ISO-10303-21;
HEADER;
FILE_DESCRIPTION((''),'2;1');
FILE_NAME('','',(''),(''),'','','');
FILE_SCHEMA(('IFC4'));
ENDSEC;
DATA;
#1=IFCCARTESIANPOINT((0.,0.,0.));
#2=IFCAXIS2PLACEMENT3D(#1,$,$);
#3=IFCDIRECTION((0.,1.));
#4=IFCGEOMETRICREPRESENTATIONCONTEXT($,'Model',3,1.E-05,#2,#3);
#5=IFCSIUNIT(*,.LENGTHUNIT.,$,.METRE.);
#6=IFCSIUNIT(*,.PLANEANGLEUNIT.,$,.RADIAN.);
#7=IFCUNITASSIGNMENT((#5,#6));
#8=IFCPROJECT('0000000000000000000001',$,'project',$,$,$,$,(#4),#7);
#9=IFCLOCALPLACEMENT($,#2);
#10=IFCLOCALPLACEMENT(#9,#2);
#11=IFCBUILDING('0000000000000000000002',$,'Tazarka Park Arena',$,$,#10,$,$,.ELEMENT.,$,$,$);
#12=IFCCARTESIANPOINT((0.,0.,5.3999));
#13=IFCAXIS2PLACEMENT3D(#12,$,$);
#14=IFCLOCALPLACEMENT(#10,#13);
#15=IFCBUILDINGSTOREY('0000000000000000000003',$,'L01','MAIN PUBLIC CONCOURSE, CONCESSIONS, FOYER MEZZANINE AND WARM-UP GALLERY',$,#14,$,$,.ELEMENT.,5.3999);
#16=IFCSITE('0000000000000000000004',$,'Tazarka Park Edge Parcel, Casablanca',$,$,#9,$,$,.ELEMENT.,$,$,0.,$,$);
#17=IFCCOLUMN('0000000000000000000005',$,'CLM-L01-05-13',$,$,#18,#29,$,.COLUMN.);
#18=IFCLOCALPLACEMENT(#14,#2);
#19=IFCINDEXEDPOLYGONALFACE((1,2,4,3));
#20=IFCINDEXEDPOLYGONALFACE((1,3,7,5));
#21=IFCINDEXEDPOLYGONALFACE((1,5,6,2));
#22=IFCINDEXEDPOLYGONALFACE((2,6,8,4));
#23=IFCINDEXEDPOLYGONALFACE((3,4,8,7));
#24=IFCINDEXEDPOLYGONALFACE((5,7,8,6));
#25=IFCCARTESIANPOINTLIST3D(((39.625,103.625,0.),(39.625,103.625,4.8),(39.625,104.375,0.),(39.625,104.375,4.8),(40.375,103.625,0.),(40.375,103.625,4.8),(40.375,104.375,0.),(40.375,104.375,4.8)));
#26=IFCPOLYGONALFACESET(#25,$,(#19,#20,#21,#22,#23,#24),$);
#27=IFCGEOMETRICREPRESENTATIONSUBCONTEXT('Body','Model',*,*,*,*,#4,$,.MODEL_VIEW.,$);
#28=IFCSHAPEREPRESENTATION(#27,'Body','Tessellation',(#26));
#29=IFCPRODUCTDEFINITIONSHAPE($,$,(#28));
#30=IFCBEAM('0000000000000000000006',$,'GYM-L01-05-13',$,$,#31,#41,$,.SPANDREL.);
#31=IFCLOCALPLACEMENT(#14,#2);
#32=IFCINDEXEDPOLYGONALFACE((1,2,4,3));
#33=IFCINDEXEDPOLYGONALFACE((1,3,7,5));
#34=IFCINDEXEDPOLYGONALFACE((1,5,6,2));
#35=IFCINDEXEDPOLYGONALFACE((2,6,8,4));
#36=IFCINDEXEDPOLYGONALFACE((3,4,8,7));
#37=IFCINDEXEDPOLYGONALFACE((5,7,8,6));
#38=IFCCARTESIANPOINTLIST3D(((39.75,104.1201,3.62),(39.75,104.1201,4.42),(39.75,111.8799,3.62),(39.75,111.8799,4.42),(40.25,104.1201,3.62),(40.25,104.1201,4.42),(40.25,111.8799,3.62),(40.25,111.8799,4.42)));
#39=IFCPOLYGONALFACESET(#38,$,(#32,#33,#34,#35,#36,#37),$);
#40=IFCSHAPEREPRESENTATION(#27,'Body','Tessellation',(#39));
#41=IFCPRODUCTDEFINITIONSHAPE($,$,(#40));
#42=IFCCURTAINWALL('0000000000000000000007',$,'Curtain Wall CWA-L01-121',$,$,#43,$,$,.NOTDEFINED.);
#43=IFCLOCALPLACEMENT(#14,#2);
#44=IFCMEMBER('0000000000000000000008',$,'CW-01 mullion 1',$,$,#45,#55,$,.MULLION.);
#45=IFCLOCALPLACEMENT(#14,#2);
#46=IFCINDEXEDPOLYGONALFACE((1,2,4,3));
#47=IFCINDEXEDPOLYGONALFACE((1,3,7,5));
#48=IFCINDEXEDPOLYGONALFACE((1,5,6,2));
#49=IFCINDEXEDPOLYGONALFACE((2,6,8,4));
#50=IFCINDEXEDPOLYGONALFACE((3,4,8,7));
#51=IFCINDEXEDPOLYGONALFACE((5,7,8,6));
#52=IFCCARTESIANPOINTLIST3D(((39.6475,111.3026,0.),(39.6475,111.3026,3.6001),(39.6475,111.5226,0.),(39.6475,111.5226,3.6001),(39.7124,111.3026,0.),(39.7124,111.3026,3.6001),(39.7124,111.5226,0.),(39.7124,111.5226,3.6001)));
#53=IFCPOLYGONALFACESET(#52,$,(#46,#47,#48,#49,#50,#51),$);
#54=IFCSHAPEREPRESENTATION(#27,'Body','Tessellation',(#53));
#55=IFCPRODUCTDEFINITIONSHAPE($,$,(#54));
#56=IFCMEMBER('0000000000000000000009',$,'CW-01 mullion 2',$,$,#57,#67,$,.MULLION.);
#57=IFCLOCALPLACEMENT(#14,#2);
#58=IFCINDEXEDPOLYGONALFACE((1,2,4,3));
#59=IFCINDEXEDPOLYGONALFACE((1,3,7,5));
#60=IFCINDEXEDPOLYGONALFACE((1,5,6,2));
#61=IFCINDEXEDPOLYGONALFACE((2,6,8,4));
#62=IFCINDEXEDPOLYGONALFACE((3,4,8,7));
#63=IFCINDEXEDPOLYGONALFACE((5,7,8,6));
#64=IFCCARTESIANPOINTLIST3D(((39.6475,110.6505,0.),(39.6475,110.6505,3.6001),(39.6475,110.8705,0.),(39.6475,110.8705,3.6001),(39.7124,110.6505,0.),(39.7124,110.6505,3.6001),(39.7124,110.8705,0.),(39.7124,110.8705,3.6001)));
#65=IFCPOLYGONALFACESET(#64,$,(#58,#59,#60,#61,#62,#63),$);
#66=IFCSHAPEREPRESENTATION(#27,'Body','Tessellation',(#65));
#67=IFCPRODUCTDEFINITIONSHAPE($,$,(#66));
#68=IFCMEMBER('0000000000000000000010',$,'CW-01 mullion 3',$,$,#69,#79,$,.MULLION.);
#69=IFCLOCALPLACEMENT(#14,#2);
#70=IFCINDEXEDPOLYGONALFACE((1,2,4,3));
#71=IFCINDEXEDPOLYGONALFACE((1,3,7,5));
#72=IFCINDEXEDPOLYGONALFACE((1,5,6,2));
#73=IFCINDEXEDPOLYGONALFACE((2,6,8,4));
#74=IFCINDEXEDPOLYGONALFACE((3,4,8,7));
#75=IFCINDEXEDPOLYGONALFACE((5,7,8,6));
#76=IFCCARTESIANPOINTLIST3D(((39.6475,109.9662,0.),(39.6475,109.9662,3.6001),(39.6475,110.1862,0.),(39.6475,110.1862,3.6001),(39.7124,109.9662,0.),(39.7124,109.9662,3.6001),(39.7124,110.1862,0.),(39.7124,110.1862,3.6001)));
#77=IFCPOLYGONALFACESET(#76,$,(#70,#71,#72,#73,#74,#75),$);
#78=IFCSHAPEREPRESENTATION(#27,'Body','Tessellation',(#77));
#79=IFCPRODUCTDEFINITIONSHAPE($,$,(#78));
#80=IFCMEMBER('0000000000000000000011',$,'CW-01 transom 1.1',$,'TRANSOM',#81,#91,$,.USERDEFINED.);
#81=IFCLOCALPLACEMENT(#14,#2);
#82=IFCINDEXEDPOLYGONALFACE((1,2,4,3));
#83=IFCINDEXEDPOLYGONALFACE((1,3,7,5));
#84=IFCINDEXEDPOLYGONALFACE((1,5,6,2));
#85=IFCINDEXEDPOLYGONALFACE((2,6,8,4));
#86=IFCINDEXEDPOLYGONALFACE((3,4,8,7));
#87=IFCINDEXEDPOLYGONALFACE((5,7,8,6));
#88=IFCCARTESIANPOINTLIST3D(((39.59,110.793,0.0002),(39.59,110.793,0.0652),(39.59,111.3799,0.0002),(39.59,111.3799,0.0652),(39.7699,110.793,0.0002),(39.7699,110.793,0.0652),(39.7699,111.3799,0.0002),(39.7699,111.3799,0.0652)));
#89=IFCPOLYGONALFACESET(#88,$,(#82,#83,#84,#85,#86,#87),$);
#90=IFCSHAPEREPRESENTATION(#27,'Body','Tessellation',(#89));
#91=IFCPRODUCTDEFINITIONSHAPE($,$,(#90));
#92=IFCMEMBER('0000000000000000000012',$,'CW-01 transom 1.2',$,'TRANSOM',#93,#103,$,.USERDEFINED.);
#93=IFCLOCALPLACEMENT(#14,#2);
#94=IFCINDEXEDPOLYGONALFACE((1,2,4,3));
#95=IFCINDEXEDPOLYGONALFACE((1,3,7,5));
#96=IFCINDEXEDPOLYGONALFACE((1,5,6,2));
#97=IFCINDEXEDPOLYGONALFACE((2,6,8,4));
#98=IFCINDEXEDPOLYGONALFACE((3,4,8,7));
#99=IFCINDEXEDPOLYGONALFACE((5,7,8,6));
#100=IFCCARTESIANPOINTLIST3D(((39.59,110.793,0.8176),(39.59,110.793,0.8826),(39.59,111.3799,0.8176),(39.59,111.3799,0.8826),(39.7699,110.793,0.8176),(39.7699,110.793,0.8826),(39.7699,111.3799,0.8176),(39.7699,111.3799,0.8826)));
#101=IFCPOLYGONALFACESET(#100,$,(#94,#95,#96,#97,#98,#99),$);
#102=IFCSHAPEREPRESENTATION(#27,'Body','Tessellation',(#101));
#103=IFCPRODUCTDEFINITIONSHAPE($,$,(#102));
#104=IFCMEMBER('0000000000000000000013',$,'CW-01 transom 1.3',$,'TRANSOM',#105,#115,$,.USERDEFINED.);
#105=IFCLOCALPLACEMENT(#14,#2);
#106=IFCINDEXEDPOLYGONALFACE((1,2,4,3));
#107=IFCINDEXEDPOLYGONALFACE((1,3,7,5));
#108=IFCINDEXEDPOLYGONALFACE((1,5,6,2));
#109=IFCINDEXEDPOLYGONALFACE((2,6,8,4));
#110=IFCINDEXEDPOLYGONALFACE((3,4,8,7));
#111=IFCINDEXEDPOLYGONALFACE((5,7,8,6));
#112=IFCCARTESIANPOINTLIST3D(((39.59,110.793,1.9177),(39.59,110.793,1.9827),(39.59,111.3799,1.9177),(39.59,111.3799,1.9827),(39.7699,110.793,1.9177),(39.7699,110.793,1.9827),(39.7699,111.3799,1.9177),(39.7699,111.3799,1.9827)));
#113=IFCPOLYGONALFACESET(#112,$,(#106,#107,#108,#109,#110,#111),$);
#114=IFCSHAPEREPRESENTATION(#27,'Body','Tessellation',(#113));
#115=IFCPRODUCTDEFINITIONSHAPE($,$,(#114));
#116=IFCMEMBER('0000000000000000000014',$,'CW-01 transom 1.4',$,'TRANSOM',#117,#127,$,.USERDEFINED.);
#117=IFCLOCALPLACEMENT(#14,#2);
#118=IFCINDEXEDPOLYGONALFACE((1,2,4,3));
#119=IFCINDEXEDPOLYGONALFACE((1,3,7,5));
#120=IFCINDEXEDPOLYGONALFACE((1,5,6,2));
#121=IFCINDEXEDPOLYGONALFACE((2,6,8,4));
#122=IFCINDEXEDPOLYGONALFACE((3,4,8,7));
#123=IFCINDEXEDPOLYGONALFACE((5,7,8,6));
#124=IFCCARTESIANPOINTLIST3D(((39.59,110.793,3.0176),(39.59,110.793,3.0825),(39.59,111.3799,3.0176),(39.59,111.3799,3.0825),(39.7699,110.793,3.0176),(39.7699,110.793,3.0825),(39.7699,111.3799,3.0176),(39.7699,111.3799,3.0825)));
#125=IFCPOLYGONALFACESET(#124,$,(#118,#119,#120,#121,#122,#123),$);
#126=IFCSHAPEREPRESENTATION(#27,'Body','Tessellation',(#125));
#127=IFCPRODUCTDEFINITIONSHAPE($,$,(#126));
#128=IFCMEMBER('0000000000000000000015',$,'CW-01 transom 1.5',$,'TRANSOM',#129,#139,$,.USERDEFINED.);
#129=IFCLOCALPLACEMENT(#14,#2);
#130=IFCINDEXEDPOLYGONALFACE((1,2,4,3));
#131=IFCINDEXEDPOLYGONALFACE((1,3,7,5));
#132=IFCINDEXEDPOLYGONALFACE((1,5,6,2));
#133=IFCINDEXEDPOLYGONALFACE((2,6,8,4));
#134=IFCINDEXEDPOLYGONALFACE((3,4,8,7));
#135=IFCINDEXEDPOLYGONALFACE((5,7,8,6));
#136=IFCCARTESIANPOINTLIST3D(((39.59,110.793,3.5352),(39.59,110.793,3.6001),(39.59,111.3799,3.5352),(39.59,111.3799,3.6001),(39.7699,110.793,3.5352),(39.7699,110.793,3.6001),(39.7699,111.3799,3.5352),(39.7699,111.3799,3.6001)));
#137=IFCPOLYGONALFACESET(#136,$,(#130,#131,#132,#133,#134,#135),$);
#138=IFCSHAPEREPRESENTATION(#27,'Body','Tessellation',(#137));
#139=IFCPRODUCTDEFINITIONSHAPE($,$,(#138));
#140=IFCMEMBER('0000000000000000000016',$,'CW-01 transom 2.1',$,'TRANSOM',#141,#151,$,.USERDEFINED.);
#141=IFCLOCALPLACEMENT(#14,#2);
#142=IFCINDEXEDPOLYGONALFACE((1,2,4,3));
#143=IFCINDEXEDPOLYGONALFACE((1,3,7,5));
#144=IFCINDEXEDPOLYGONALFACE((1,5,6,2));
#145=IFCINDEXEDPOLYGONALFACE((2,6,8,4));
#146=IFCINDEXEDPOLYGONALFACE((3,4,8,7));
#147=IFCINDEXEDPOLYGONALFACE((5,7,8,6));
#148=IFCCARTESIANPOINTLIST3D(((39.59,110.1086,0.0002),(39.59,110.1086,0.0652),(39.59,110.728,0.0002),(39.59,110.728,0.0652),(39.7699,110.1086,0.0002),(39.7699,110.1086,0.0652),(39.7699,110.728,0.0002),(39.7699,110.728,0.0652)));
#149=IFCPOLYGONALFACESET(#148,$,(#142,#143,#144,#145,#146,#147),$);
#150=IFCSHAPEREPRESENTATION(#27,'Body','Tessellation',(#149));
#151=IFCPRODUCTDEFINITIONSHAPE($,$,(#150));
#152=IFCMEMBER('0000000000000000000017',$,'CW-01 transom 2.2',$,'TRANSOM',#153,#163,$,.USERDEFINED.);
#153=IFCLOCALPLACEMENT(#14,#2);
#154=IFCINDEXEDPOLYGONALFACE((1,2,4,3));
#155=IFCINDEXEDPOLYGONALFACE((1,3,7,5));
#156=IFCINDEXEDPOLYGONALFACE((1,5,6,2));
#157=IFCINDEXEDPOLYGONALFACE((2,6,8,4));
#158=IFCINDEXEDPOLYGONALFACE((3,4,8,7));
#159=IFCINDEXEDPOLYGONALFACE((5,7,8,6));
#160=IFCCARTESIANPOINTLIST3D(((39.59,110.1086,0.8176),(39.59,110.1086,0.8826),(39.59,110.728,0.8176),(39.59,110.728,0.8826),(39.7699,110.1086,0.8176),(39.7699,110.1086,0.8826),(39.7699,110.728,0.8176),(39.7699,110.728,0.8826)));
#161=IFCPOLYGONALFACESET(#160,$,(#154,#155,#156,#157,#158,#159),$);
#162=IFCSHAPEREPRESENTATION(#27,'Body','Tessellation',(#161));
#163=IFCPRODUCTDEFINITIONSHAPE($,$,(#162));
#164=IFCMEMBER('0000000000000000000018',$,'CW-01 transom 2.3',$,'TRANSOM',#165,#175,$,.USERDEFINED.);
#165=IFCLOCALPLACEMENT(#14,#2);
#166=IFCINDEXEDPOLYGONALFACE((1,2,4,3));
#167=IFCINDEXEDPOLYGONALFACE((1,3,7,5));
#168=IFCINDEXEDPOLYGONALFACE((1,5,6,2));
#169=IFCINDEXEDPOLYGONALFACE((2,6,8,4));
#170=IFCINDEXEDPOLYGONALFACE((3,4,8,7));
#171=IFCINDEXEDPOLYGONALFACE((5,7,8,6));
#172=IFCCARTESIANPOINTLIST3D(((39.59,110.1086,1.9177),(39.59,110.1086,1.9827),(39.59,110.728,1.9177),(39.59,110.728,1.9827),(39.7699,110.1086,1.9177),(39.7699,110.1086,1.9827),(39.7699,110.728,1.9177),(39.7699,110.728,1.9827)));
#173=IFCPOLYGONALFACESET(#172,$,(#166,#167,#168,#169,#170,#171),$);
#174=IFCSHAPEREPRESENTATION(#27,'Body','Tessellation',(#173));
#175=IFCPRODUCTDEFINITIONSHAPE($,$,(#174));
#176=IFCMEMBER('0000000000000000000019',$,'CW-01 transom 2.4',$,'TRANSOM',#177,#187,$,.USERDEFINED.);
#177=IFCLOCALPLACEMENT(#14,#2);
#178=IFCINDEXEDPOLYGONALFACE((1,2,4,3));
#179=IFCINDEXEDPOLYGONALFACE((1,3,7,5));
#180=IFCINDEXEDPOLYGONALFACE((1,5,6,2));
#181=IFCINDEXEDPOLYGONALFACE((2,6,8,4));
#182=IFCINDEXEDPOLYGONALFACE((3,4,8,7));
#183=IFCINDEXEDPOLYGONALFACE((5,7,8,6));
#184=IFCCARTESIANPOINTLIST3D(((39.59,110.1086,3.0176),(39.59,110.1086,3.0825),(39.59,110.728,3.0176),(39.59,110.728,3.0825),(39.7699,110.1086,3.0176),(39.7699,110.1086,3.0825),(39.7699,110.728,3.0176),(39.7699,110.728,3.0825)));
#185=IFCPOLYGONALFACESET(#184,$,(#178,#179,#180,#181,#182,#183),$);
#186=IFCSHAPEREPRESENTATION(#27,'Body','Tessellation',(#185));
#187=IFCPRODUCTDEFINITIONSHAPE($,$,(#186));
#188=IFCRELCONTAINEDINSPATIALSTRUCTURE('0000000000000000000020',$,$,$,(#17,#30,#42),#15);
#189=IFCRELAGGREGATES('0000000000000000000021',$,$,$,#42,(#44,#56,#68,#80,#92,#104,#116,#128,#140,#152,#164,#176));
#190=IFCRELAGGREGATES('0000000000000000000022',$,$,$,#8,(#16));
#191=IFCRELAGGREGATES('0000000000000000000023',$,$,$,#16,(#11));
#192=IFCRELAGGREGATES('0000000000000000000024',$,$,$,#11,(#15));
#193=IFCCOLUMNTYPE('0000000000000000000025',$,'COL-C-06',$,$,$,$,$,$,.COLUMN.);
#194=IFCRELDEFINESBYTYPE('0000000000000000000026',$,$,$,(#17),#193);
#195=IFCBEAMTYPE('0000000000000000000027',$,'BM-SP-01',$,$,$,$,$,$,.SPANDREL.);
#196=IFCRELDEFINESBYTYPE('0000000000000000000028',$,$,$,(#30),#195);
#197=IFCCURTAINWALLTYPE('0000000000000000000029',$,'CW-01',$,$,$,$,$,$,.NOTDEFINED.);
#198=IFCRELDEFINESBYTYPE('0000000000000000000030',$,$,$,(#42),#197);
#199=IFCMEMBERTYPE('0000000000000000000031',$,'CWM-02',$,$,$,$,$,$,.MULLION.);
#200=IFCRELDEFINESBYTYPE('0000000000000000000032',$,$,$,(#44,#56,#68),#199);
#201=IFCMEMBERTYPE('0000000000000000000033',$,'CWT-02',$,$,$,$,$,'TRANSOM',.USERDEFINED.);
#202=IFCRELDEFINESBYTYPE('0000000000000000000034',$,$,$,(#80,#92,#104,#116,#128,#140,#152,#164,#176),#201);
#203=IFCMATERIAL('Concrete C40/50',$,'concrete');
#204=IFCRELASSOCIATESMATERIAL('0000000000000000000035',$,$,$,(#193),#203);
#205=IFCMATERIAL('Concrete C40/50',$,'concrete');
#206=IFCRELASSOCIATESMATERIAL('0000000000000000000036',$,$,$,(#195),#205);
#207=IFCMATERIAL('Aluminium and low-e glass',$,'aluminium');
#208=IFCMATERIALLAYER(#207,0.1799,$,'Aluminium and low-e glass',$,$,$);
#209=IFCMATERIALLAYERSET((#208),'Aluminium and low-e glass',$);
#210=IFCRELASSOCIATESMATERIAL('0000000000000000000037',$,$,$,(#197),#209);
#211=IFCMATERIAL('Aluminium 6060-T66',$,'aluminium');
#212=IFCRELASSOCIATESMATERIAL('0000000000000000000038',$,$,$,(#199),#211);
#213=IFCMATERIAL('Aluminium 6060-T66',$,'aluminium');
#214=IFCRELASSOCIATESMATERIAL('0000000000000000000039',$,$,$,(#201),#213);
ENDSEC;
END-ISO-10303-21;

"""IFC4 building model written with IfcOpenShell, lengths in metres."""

from ifc_helpers import new_model, si_unit, direction, frame, origin, origin_2d, place, context, subcontext, project, spatial, rectangle, extrude, material, layer, layer_set, material_profile, profile_set, type_object, element, aggregate, save


model = new_model("IFC4")

# Units and contexts
model_context = context("Model", 3, precision=1e-05, world=origin(), true_north=direction((0.0, 1.0)))
body_context = subcontext(model_context, "Body", "Model", "MODEL_VIEW")
ifc_project = project(units=[si_unit("LENGTHUNIT", "METRE"), si_unit("PLANEANGLEUNIT", "RADIAN")], contexts=[model_context])

# Site, building, storey
site_placement = place(None, origin())
site = spatial("IfcSite", under=ifc_project, at=site_placement, Name="Tazarka Park Edge Parcel, Casablanca", CompositionType="ELEMENT", RefElevation=0.0)
building_placement = place(site_placement, origin())
building = spatial("IfcBuilding", under=site, at=building_placement, Name="Tazarka Park Arena", CompositionType="ELEMENT")
storey_placement = place(building_placement, frame((0.0, 0.0, 5.3999)))
storey = spatial("IfcBuildingStorey", under=building, at=storey_placement, Name="L01", Description="MAIN PUBLIC CONCOURSE, CONCESSIONS, FOYER MEZZANINE AND WARM-UP GALLERY", CompositionType="ELEMENT", Elevation=5.3999)

# Column
ifc_material_1 = material(Name="Concrete C40/50", Category="concrete")
ifc_material_profile_1 = material_profile(ifc_material_1, rectangle(XDim=0.75, YDim=0.75, at=origin_2d()), Name="Concrete C40/50")
ifc_profile_set_1 = profile_set([ifc_material_profile_1], Name="Concrete C40/50")
column_type = type_object("IfcColumnType", Name="COL-C-06", PredefinedType="COLUMN", material=ifc_profile_set_1)
column_placement = place(storey_placement, frame((40.0, 104.0, 0.0), z_axis=(0.0, 0.0, 1.0), x_axis=(1.0, 0.0, 0.0)))
element("IfcColumn", 1, at=column_placement, inside=storey, type_object=column_type, Name="CLM-L01-05-13", PredefinedType="COLUMN", context=body_context, shape_type="SweptSolid", body=[
    extrude(rectangle(XDim=0.75, YDim=0.75, at=origin_2d()), origin(), (0.0, 0.0, 1.0), 4.8),
])

# Beam
ifc_material_2 = material(Name="Concrete C40/50", Category="concrete")
ifc_material_profile_2 = material_profile(ifc_material_2, rectangle(XDim=0.5, YDim=0.8, at=origin_2d()), Name="Concrete C40/50")
ifc_profile_set_2 = profile_set([ifc_material_profile_2], Name="Concrete C40/50")
beam_type = type_object("IfcBeamType", Name="BM-SP-01", PredefinedType="SPANDREL", material=ifc_profile_set_2)
beam_placement = place(storey_placement, frame((40.0, 104.1201, 4.02), z_axis=(0.0, 1.0, 0.0), x_axis=(-1.0, 0.0, 0.0)))
element("IfcBeam", 2, at=beam_placement, inside=storey, type_object=beam_type, Name="GYM-L01-05-13", PredefinedType="SPANDREL", context=body_context, shape_type="SweptSolid", body=[
    extrude(rectangle(XDim=0.5, YDim=0.8, at=origin_2d()), origin(), (0.0, 0.0, 1.0), 7.7598),
])

# Curtain wall, members
ifc_material_3 = material(Name="Aluminium and low-e glass", Category="aluminium")
ifc_layer_1 = layer(ifc_material_3, 0.1799, Name="Aluminium and low-e glass")
ifc_layer_set_1 = layer_set([ifc_layer_1], Name="Aluminium and low-e glass")
curtain_wall_type = type_object("IfcCurtainWallType", Name="CW-01", PredefinedType="NOTDEFINED", material=ifc_layer_set_1)
curtain_wall_placement = place(storey_placement, origin())
curtain_wall = element("IfcCurtainWall", 3, at=curtain_wall_placement, inside=storey, type_object=curtain_wall_type, Name="Curtain Wall CWA-L01-121", PredefinedType="NOTDEFINED")
ifc_material_4 = material(Name="Aluminium 6060-T66", Category="aluminium")
ifc_material_profile_3 = material_profile(ifc_material_4, rectangle(XDim=0.0649, YDim=0.22, at=origin_2d()), Name="Aluminium 6060-T66")
ifc_profile_set_3 = profile_set([ifc_material_profile_3], Name="Aluminium 6060-T66")
member_type_1 = type_object("IfcMemberType", Name="CWM-02", PredefinedType="MULLION", material=ifc_profile_set_3)
member_1_placement = place(storey_placement, frame((39.6799, 111.4126, 0.0), z_axis=(0.0, 0.0, 1.0), x_axis=(1.0, 0.0, 0.0)))
member_1 = element("IfcMember", 4, at=member_1_placement, type_object=member_type_1, Name="CW-01 mullion 1", PredefinedType="MULLION", context=body_context, shape_type="SweptSolid", body=[
    extrude(rectangle(XDim=0.0649, YDim=0.22, at=origin_2d()), origin(), (0.0, 0.0, 1.0), 3.6001),
])
member_2_placement = place(storey_placement, frame((39.6799, 110.7605, 0.0), z_axis=(0.0, 0.0, 1.0), x_axis=(1.0, 0.0, 0.0)))
member_2 = element("IfcMember", 5, at=member_2_placement, type_object=member_type_1, Name="CW-01 mullion 2", PredefinedType="MULLION", context=body_context, shape_type="SweptSolid", body=[
    extrude(rectangle(XDim=0.0649, YDim=0.22, at=origin_2d()), origin(), (0.0, 0.0, 1.0), 3.6001),
])
member_3_placement = place(storey_placement, frame((39.6799, 110.0762, 0.0), z_axis=(0.0, 0.0, 1.0), x_axis=(1.0, 0.0, 0.0)))
member_3 = element("IfcMember", 6, at=member_3_placement, type_object=member_type_1, Name="CW-01 mullion 3", PredefinedType="MULLION", context=body_context, shape_type="SweptSolid", body=[
    extrude(rectangle(XDim=0.0649, YDim=0.22, at=origin_2d()), origin(), (0.0, 0.0, 1.0), 3.6001),
])
ifc_material_5 = material(Name="Aluminium 6060-T66", Category="aluminium")
ifc_material_profile_4 = material_profile(ifc_material_5, rectangle(XDim=0.1799, YDim=0.0649, at=origin_2d()), Name="Aluminium 6060-T66")
ifc_profile_set_4 = profile_set([ifc_material_profile_4], Name="Aluminium 6060-T66")
member_type_2 = type_object("IfcMemberType", Name="CWT-02", ElementType="TRANSOM", PredefinedType="USERDEFINED", material=ifc_profile_set_4)
member_4_placement = place(storey_placement, frame((39.6799, 111.3799, 0.0327), z_axis=(0.0, -1.0, 0.0), x_axis=(1.0, 0.0, 0.0)))
member_4 = element("IfcMember", 7, at=member_4_placement, type_object=member_type_2, Name="CW-01 transom 1.1", ObjectType="TRANSOM", PredefinedType="USERDEFINED", context=body_context, shape_type="SweptSolid", body=[
    extrude(rectangle(XDim=0.1799, YDim=0.0649, at=origin_2d()), origin(), (0.0, 0.0, 1.0), 0.5869),
])
member_5_placement = place(storey_placement, frame((39.6799, 111.3799, 0.8501), z_axis=(0.0, -1.0, 0.0), x_axis=(1.0, 0.0, 0.0)))
member_5 = element("IfcMember", 8, at=member_5_placement, type_object=member_type_2, Name="CW-01 transom 1.2", ObjectType="TRANSOM", PredefinedType="USERDEFINED", context=body_context, shape_type="SweptSolid", body=[
    extrude(rectangle(XDim=0.1799, YDim=0.0649, at=origin_2d()), origin(), (0.0, 0.0, 1.0), 0.5869),
])
member_6_placement = place(storey_placement, frame((39.6799, 111.3799, 1.9502), z_axis=(0.0, -1.0, 0.0), x_axis=(1.0, 0.0, 0.0)))
member_6 = element("IfcMember", 9, at=member_6_placement, type_object=member_type_2, Name="CW-01 transom 1.3", ObjectType="TRANSOM", PredefinedType="USERDEFINED", context=body_context, shape_type="SweptSolid", body=[
    extrude(rectangle(XDim=0.1799, YDim=0.0649, at=origin_2d()), origin(), (0.0, 0.0, 1.0), 0.5869),
])
member_7_placement = place(storey_placement, frame((39.6799, 111.3799, 3.05), z_axis=(0.0, -1.0, 0.0), x_axis=(1.0, 0.0, 0.0)))
member_7 = element("IfcMember", 10, at=member_7_placement, type_object=member_type_2, Name="CW-01 transom 1.4", ObjectType="TRANSOM", PredefinedType="USERDEFINED", context=body_context, shape_type="SweptSolid", body=[
    extrude(rectangle(XDim=0.1799, YDim=0.0649, at=origin_2d()), origin(), (0.0, 0.0, 1.0), 0.5869),
])
member_8_placement = place(storey_placement, frame((39.6799, 111.3799, 3.5676), z_axis=(0.0, -1.0, 0.0), x_axis=(1.0, 0.0, 0.0)))
member_8 = element("IfcMember", 11, at=member_8_placement, type_object=member_type_2, Name="CW-01 transom 1.5", ObjectType="TRANSOM", PredefinedType="USERDEFINED", context=body_context, shape_type="SweptSolid", body=[
    extrude(rectangle(XDim=0.1799, YDim=0.0649, at=origin_2d()), origin(), (0.0, 0.0, 1.0), 0.5869),
])
member_9_placement = place(storey_placement, frame((39.6799, 110.728, 0.0327), z_axis=(0.0, -1.0, 0.0), x_axis=(1.0, 0.0, 0.0)))
member_9 = element("IfcMember", 12, at=member_9_placement, type_object=member_type_2, Name="CW-01 transom 2.1", ObjectType="TRANSOM", PredefinedType="USERDEFINED", context=body_context, shape_type="SweptSolid", body=[
    extrude(rectangle(XDim=0.1799, YDim=0.0649, at=origin_2d()), origin(), (0.0, 0.0, 1.0), 0.6194),
])
member_10_placement = place(storey_placement, frame((39.6799, 110.728, 0.8501), z_axis=(0.0, -1.0, 0.0), x_axis=(1.0, 0.0, 0.0)))
member_10 = element("IfcMember", 13, at=member_10_placement, type_object=member_type_2, Name="CW-01 transom 2.2", ObjectType="TRANSOM", PredefinedType="USERDEFINED", context=body_context, shape_type="SweptSolid", body=[
    extrude(rectangle(XDim=0.1799, YDim=0.0649, at=origin_2d()), origin(), (0.0, 0.0, 1.0), 0.6194),
])
member_11_placement = place(storey_placement, frame((39.6799, 110.728, 1.9502), z_axis=(0.0, -1.0, 0.0), x_axis=(1.0, 0.0, 0.0)))
member_11 = element("IfcMember", 14, at=member_11_placement, type_object=member_type_2, Name="CW-01 transom 2.3", ObjectType="TRANSOM", PredefinedType="USERDEFINED", context=body_context, shape_type="SweptSolid", body=[
    extrude(rectangle(XDim=0.1799, YDim=0.0649, at=origin_2d()), origin(), (0.0, 0.0, 1.0), 0.6194),
])
member_12_placement = place(storey_placement, frame((39.6799, 110.728, 3.05), z_axis=(0.0, -1.0, 0.0), x_axis=(1.0, 0.0, 0.0)))
member_12 = element("IfcMember", 15, at=member_12_placement, type_object=member_type_2, Name="CW-01 transom 2.4", ObjectType="TRANSOM", PredefinedType="USERDEFINED", context=body_context, shape_type="SweptSolid", body=[
    extrude(rectangle(XDim=0.1799, YDim=0.0649, at=origin_2d()), origin(), (0.0, 0.0, 1.0), 0.6194),
])
aggregate(curtain_wall, [member_1, member_2, member_3, member_4, member_5, member_6, member_7, member_8, member_9, member_10, member_11, member_12])

save(model, "model.ifc")
